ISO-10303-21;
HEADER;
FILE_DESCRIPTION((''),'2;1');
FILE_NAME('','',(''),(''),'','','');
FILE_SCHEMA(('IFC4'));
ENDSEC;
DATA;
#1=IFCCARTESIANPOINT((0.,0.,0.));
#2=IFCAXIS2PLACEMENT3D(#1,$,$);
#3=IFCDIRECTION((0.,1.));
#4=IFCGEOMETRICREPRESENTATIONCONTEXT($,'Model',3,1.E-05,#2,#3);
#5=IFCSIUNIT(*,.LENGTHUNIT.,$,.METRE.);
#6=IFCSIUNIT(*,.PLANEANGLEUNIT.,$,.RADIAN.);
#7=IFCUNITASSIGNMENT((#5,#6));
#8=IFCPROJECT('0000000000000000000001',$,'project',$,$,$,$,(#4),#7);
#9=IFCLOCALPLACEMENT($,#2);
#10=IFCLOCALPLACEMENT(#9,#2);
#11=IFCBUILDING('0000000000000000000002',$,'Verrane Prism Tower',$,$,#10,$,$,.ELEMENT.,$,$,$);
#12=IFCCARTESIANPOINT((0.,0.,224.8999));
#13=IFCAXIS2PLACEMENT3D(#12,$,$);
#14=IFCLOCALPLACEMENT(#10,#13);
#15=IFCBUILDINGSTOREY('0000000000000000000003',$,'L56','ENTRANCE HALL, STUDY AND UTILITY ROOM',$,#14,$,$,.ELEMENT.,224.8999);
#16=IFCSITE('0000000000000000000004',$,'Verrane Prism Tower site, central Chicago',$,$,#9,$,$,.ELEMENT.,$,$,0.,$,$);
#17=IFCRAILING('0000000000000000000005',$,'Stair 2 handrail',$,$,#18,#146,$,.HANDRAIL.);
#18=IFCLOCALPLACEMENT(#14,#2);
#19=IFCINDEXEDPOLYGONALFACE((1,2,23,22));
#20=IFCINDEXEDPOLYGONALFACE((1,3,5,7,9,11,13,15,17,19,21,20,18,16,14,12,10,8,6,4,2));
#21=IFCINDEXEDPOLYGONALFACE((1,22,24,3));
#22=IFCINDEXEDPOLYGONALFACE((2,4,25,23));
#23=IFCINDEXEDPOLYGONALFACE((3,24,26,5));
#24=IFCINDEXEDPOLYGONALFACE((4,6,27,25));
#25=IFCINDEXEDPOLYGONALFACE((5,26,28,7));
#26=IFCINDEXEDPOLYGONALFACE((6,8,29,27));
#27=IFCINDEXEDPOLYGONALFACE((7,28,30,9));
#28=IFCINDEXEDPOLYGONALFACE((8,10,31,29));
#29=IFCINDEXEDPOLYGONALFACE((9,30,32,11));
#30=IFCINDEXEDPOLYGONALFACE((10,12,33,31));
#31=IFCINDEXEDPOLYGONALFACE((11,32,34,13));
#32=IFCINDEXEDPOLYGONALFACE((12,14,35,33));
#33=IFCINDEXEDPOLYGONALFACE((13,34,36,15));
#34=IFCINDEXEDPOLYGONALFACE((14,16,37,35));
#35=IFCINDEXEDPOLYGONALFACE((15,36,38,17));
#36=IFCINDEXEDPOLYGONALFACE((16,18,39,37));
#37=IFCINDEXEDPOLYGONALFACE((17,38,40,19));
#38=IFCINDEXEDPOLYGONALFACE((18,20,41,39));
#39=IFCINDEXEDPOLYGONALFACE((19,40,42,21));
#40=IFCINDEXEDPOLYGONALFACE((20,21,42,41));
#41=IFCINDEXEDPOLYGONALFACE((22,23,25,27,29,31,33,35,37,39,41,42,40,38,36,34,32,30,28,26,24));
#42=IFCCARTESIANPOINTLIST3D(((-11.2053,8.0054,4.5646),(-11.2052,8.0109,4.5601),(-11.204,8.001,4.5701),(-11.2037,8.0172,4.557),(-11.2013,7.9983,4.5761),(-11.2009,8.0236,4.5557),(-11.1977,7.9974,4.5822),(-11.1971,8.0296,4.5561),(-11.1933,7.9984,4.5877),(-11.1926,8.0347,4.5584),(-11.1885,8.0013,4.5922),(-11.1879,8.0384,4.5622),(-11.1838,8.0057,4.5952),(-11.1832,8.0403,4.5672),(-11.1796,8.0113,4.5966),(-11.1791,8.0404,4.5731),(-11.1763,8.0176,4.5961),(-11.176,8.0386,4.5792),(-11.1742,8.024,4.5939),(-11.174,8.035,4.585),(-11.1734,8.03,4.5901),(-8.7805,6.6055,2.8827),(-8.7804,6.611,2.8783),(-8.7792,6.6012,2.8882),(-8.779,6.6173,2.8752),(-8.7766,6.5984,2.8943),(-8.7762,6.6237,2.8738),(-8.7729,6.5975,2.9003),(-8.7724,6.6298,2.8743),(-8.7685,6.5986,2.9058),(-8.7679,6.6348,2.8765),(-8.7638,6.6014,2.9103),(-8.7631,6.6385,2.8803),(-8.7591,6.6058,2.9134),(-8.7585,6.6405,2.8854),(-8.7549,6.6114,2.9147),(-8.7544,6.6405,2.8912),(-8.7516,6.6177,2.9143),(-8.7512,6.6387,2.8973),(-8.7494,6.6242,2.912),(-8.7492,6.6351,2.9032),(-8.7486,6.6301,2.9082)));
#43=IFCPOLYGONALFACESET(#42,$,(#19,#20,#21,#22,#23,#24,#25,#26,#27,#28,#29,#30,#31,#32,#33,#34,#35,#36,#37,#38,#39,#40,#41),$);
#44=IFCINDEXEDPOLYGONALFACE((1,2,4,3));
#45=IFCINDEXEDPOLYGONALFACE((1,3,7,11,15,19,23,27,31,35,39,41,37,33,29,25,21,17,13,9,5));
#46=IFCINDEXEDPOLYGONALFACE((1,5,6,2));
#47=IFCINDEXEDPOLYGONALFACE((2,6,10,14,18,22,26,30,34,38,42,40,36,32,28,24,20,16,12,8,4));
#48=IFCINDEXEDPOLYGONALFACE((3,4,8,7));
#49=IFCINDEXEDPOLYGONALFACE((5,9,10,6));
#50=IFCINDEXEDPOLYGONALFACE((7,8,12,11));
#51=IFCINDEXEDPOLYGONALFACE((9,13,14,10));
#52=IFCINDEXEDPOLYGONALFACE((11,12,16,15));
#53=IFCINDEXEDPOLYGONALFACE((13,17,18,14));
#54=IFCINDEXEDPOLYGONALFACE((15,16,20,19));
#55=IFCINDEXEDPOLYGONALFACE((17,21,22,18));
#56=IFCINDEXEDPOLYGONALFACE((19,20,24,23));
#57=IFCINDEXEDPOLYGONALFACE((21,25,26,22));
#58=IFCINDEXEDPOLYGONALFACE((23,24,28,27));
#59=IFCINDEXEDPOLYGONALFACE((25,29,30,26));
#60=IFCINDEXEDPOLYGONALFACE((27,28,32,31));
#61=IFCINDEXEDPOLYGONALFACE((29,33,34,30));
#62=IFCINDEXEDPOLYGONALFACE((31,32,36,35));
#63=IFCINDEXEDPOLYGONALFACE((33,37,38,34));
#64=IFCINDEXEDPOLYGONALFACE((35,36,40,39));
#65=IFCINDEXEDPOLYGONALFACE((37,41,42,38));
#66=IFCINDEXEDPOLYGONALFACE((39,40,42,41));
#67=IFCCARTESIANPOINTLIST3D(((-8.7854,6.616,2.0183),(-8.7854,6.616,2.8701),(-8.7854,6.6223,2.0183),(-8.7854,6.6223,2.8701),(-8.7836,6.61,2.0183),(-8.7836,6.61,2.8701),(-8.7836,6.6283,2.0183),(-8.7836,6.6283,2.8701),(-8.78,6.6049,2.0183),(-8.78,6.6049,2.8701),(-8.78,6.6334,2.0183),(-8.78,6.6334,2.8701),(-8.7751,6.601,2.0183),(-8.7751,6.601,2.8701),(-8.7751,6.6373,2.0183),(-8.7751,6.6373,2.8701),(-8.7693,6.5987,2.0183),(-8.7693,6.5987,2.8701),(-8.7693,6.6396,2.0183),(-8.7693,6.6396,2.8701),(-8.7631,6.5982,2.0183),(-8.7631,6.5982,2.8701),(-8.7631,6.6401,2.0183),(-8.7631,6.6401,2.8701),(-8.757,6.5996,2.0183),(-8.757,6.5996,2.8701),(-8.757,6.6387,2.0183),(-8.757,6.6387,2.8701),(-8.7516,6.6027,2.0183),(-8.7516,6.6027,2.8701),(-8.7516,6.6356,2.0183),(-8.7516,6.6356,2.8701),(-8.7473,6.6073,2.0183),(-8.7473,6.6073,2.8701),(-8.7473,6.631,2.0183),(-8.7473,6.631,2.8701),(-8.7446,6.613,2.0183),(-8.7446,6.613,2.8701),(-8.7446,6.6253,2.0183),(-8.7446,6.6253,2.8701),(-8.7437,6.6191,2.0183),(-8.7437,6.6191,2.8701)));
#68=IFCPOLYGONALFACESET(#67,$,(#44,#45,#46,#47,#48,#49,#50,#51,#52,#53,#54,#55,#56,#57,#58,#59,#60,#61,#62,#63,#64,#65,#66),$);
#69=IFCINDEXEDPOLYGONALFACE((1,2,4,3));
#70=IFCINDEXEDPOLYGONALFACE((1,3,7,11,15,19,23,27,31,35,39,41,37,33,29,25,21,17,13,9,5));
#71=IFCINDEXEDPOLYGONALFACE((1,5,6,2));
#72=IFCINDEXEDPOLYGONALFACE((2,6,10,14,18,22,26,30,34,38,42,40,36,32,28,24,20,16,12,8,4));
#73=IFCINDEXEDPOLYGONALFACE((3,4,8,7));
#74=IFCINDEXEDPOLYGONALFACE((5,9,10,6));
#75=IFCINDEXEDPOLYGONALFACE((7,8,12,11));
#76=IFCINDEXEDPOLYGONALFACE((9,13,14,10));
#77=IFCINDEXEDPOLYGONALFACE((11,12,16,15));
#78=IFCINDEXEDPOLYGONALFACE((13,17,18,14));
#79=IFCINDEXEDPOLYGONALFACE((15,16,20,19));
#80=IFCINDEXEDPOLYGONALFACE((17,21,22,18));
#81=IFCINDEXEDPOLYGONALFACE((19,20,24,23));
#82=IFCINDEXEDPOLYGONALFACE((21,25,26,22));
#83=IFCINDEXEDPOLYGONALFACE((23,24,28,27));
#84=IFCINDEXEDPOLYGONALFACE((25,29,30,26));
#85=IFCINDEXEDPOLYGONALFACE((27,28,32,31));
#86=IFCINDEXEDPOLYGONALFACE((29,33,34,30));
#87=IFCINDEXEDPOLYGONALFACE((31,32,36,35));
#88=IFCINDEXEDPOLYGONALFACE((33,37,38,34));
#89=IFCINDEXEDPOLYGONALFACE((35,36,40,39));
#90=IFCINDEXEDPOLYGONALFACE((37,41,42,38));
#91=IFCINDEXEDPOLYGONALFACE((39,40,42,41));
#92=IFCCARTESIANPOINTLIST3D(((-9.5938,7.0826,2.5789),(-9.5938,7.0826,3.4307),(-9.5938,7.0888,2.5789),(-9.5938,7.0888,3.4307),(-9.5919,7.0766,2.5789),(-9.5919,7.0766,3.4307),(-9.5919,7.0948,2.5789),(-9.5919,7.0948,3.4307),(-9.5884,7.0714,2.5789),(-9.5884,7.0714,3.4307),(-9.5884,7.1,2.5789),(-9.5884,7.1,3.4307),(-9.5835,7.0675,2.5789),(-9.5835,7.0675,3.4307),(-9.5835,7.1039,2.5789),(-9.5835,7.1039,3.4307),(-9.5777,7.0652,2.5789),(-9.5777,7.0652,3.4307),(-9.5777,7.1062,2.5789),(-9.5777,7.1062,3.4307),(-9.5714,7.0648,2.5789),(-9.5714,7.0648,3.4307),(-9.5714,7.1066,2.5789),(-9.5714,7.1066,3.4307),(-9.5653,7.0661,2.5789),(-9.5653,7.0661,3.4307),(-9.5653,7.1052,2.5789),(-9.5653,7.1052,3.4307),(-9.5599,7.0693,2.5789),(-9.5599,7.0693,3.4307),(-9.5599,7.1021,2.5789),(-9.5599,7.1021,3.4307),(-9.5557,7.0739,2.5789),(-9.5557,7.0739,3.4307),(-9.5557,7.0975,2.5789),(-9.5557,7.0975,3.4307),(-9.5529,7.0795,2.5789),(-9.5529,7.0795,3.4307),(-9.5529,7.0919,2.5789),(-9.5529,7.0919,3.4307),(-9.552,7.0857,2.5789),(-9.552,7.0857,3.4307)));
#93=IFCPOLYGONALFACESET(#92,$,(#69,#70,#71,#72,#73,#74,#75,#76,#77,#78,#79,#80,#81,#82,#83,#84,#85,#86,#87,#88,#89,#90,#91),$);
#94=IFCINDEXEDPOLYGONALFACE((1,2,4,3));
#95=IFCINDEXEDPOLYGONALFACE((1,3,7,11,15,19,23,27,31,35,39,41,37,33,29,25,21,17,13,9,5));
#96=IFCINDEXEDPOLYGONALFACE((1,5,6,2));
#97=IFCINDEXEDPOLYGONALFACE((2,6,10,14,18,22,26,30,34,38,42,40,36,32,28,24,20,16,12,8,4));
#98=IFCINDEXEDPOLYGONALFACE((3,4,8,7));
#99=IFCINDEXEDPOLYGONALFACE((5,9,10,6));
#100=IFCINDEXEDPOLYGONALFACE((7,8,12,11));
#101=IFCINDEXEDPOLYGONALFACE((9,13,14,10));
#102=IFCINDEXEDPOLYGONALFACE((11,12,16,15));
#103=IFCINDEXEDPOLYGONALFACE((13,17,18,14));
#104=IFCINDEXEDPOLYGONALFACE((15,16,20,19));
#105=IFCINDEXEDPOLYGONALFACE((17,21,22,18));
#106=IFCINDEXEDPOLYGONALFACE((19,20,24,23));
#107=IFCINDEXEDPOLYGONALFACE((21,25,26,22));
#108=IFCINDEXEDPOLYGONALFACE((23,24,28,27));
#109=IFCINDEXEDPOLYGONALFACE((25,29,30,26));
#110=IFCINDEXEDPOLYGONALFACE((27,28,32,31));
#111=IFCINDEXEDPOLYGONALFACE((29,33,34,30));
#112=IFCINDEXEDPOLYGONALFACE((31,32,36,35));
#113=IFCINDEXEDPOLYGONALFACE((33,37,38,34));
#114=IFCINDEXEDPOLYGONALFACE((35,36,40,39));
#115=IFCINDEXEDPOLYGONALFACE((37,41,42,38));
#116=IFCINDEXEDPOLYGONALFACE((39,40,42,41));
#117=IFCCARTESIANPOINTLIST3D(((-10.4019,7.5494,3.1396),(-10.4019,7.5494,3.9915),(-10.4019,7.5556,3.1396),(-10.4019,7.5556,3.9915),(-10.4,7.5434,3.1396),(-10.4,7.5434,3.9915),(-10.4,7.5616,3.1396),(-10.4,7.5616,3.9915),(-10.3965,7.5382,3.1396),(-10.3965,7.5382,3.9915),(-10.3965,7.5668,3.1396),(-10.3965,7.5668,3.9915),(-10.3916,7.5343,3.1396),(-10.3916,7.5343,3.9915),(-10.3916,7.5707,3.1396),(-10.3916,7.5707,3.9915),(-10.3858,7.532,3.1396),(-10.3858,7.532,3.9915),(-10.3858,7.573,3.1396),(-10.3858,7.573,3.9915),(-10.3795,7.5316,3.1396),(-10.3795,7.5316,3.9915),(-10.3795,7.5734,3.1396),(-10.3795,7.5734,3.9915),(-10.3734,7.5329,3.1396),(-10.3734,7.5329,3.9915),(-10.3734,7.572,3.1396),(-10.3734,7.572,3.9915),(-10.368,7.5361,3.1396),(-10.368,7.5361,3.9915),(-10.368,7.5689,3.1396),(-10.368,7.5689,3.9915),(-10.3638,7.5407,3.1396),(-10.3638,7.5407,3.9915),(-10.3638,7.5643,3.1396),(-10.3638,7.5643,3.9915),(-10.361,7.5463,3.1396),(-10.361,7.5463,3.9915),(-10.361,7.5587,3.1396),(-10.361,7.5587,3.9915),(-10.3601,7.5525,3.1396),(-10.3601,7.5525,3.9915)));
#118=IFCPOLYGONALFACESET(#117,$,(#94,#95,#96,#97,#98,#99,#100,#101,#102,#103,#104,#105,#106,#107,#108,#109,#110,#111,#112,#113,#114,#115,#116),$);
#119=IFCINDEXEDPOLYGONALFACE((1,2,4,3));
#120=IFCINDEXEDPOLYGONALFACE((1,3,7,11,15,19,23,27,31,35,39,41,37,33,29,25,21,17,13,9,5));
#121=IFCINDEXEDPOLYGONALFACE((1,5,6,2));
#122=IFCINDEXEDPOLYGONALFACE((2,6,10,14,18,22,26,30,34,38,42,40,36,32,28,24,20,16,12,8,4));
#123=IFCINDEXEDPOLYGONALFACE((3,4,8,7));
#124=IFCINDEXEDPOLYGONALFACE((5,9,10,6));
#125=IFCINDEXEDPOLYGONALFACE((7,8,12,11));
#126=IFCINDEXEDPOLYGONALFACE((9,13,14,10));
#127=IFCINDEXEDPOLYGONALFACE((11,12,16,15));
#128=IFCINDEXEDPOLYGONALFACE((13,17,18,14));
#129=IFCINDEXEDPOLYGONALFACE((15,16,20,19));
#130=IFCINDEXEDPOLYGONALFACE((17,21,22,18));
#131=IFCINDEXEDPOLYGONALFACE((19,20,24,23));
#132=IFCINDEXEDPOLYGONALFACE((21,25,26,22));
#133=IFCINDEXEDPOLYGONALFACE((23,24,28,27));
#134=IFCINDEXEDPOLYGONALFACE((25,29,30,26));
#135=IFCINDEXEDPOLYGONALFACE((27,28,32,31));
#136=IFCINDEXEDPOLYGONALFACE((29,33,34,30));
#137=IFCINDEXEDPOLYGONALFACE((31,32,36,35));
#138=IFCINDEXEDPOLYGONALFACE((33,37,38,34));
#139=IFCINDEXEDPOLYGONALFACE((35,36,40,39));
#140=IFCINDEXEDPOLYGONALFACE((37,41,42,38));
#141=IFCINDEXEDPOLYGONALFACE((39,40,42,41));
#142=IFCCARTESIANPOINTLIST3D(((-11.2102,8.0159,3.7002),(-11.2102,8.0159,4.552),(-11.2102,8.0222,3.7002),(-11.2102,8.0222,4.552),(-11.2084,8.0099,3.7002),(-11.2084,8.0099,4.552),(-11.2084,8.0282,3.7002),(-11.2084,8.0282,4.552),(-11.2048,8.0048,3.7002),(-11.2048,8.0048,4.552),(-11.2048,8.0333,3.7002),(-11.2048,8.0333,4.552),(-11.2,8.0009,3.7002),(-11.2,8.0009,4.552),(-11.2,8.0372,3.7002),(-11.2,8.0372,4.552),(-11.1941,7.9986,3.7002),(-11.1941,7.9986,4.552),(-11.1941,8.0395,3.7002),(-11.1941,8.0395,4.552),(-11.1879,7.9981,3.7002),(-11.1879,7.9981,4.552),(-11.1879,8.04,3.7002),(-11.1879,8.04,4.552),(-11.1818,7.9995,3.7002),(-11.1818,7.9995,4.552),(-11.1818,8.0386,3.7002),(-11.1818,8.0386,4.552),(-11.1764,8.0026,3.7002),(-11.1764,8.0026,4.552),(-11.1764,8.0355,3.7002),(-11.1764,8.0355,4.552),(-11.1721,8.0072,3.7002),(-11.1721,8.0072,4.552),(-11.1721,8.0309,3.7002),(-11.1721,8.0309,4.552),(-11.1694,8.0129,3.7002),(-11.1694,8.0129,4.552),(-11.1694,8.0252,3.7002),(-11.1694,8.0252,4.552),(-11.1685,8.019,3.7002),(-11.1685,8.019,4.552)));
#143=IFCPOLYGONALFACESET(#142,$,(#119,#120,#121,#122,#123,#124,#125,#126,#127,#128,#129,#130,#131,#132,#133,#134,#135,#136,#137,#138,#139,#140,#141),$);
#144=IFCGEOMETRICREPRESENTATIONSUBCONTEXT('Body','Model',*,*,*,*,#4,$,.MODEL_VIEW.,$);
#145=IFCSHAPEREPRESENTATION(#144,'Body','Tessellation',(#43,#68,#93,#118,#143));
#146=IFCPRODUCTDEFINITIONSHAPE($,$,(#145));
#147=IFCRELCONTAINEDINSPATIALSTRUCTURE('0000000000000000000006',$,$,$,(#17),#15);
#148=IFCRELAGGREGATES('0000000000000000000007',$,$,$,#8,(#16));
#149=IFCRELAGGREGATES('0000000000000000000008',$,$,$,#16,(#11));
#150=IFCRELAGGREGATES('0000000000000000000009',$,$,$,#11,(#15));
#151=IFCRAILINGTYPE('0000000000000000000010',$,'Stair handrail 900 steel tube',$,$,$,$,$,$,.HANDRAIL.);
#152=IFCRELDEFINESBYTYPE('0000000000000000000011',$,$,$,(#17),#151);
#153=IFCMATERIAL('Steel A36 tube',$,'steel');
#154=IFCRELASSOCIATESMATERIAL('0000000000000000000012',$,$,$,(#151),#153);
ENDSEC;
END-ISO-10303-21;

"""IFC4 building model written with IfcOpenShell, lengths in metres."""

from ifc_helpers import new_model, si_unit, direction, frame, origin, origin_2d, place, context, subcontext, project, spatial, circle, extrude, material, type_object, element, save


model = new_model("IFC4")

# Units and contexts
model_context = context("Model", 3, precision=1e-05, world=origin(), true_north=direction((0.0, 1.0)))
body_context = subcontext(model_context, "Body", "Model", "MODEL_VIEW")
ifc_project = project(units=[si_unit("LENGTHUNIT", "METRE"), si_unit("PLANEANGLEUNIT", "RADIAN")], contexts=[model_context])

# Site, building, storey
site_placement = place(None, origin())
site = spatial("IfcSite", under=ifc_project, at=site_placement, Name="Verrane Prism Tower site, central Chicago", CompositionType="ELEMENT", RefElevation=0.0)
building_placement = place(site_placement, origin())
building = spatial("IfcBuilding", under=site, at=building_placement, Name="Verrane Prism Tower", CompositionType="ELEMENT")
storey_placement = place(building_placement, frame((0.0, 0.0, 224.8999)))
storey = spatial("IfcBuildingStorey", under=building, at=storey_placement, Name="L56", Description="ENTRANCE HALL, STUDY AND UTILITY ROOM", CompositionType="ELEMENT", Elevation=224.8999)

# Railing
ifc_material_1 = material(Name="Steel A36 tube", Category="steel")
railing_type_1 = type_object("IfcRailingType", Name="Stair handrail 900 steel tube", PredefinedType="HANDRAIL", material=ifc_material_1)
railing_1_placement = place(storey_placement, frame((-8.7646, 6.6191, 2.0183)))
element("IfcRailing", 1, at=railing_1_placement, inside=storey, type_object=railing_type_1, Name="Stair 2 handrail", PredefinedType="HANDRAIL", context=body_context, shape_type="SweptSolid", body=[
    extrude(circle(Radius=0.0239, at=origin_2d()), frame((0.0, 0.0, 0.876), z_axis=(-0.74239, 0.428601, 0.514934), x_axis=(-0.499984, -0.866035, 0.0)), (0.0, 0.0, 1.0), 3.2661),
    extrude(circle(Radius=0.021, at=origin_2d()), origin(), (0.0, 0.0, 1.0), 0.8518),
    extrude(circle(Radius=0.021, at=origin_2d()), frame((-0.8083, 0.4666, 0.5605)), (0.0, 0.0, 1.0), 0.8518),
    extrude(circle(Radius=0.021, at=origin_2d()), frame((-1.6165, 0.9333, 1.1213)), (0.0, 0.0, 1.0), 0.8518),
    extrude(circle(Radius=0.021, at=origin_2d()), frame((-2.4248, 1.3999, 1.6819)), (0.0, 0.0, 1.0), 0.8518),
])

save(model, "model.ifc")
